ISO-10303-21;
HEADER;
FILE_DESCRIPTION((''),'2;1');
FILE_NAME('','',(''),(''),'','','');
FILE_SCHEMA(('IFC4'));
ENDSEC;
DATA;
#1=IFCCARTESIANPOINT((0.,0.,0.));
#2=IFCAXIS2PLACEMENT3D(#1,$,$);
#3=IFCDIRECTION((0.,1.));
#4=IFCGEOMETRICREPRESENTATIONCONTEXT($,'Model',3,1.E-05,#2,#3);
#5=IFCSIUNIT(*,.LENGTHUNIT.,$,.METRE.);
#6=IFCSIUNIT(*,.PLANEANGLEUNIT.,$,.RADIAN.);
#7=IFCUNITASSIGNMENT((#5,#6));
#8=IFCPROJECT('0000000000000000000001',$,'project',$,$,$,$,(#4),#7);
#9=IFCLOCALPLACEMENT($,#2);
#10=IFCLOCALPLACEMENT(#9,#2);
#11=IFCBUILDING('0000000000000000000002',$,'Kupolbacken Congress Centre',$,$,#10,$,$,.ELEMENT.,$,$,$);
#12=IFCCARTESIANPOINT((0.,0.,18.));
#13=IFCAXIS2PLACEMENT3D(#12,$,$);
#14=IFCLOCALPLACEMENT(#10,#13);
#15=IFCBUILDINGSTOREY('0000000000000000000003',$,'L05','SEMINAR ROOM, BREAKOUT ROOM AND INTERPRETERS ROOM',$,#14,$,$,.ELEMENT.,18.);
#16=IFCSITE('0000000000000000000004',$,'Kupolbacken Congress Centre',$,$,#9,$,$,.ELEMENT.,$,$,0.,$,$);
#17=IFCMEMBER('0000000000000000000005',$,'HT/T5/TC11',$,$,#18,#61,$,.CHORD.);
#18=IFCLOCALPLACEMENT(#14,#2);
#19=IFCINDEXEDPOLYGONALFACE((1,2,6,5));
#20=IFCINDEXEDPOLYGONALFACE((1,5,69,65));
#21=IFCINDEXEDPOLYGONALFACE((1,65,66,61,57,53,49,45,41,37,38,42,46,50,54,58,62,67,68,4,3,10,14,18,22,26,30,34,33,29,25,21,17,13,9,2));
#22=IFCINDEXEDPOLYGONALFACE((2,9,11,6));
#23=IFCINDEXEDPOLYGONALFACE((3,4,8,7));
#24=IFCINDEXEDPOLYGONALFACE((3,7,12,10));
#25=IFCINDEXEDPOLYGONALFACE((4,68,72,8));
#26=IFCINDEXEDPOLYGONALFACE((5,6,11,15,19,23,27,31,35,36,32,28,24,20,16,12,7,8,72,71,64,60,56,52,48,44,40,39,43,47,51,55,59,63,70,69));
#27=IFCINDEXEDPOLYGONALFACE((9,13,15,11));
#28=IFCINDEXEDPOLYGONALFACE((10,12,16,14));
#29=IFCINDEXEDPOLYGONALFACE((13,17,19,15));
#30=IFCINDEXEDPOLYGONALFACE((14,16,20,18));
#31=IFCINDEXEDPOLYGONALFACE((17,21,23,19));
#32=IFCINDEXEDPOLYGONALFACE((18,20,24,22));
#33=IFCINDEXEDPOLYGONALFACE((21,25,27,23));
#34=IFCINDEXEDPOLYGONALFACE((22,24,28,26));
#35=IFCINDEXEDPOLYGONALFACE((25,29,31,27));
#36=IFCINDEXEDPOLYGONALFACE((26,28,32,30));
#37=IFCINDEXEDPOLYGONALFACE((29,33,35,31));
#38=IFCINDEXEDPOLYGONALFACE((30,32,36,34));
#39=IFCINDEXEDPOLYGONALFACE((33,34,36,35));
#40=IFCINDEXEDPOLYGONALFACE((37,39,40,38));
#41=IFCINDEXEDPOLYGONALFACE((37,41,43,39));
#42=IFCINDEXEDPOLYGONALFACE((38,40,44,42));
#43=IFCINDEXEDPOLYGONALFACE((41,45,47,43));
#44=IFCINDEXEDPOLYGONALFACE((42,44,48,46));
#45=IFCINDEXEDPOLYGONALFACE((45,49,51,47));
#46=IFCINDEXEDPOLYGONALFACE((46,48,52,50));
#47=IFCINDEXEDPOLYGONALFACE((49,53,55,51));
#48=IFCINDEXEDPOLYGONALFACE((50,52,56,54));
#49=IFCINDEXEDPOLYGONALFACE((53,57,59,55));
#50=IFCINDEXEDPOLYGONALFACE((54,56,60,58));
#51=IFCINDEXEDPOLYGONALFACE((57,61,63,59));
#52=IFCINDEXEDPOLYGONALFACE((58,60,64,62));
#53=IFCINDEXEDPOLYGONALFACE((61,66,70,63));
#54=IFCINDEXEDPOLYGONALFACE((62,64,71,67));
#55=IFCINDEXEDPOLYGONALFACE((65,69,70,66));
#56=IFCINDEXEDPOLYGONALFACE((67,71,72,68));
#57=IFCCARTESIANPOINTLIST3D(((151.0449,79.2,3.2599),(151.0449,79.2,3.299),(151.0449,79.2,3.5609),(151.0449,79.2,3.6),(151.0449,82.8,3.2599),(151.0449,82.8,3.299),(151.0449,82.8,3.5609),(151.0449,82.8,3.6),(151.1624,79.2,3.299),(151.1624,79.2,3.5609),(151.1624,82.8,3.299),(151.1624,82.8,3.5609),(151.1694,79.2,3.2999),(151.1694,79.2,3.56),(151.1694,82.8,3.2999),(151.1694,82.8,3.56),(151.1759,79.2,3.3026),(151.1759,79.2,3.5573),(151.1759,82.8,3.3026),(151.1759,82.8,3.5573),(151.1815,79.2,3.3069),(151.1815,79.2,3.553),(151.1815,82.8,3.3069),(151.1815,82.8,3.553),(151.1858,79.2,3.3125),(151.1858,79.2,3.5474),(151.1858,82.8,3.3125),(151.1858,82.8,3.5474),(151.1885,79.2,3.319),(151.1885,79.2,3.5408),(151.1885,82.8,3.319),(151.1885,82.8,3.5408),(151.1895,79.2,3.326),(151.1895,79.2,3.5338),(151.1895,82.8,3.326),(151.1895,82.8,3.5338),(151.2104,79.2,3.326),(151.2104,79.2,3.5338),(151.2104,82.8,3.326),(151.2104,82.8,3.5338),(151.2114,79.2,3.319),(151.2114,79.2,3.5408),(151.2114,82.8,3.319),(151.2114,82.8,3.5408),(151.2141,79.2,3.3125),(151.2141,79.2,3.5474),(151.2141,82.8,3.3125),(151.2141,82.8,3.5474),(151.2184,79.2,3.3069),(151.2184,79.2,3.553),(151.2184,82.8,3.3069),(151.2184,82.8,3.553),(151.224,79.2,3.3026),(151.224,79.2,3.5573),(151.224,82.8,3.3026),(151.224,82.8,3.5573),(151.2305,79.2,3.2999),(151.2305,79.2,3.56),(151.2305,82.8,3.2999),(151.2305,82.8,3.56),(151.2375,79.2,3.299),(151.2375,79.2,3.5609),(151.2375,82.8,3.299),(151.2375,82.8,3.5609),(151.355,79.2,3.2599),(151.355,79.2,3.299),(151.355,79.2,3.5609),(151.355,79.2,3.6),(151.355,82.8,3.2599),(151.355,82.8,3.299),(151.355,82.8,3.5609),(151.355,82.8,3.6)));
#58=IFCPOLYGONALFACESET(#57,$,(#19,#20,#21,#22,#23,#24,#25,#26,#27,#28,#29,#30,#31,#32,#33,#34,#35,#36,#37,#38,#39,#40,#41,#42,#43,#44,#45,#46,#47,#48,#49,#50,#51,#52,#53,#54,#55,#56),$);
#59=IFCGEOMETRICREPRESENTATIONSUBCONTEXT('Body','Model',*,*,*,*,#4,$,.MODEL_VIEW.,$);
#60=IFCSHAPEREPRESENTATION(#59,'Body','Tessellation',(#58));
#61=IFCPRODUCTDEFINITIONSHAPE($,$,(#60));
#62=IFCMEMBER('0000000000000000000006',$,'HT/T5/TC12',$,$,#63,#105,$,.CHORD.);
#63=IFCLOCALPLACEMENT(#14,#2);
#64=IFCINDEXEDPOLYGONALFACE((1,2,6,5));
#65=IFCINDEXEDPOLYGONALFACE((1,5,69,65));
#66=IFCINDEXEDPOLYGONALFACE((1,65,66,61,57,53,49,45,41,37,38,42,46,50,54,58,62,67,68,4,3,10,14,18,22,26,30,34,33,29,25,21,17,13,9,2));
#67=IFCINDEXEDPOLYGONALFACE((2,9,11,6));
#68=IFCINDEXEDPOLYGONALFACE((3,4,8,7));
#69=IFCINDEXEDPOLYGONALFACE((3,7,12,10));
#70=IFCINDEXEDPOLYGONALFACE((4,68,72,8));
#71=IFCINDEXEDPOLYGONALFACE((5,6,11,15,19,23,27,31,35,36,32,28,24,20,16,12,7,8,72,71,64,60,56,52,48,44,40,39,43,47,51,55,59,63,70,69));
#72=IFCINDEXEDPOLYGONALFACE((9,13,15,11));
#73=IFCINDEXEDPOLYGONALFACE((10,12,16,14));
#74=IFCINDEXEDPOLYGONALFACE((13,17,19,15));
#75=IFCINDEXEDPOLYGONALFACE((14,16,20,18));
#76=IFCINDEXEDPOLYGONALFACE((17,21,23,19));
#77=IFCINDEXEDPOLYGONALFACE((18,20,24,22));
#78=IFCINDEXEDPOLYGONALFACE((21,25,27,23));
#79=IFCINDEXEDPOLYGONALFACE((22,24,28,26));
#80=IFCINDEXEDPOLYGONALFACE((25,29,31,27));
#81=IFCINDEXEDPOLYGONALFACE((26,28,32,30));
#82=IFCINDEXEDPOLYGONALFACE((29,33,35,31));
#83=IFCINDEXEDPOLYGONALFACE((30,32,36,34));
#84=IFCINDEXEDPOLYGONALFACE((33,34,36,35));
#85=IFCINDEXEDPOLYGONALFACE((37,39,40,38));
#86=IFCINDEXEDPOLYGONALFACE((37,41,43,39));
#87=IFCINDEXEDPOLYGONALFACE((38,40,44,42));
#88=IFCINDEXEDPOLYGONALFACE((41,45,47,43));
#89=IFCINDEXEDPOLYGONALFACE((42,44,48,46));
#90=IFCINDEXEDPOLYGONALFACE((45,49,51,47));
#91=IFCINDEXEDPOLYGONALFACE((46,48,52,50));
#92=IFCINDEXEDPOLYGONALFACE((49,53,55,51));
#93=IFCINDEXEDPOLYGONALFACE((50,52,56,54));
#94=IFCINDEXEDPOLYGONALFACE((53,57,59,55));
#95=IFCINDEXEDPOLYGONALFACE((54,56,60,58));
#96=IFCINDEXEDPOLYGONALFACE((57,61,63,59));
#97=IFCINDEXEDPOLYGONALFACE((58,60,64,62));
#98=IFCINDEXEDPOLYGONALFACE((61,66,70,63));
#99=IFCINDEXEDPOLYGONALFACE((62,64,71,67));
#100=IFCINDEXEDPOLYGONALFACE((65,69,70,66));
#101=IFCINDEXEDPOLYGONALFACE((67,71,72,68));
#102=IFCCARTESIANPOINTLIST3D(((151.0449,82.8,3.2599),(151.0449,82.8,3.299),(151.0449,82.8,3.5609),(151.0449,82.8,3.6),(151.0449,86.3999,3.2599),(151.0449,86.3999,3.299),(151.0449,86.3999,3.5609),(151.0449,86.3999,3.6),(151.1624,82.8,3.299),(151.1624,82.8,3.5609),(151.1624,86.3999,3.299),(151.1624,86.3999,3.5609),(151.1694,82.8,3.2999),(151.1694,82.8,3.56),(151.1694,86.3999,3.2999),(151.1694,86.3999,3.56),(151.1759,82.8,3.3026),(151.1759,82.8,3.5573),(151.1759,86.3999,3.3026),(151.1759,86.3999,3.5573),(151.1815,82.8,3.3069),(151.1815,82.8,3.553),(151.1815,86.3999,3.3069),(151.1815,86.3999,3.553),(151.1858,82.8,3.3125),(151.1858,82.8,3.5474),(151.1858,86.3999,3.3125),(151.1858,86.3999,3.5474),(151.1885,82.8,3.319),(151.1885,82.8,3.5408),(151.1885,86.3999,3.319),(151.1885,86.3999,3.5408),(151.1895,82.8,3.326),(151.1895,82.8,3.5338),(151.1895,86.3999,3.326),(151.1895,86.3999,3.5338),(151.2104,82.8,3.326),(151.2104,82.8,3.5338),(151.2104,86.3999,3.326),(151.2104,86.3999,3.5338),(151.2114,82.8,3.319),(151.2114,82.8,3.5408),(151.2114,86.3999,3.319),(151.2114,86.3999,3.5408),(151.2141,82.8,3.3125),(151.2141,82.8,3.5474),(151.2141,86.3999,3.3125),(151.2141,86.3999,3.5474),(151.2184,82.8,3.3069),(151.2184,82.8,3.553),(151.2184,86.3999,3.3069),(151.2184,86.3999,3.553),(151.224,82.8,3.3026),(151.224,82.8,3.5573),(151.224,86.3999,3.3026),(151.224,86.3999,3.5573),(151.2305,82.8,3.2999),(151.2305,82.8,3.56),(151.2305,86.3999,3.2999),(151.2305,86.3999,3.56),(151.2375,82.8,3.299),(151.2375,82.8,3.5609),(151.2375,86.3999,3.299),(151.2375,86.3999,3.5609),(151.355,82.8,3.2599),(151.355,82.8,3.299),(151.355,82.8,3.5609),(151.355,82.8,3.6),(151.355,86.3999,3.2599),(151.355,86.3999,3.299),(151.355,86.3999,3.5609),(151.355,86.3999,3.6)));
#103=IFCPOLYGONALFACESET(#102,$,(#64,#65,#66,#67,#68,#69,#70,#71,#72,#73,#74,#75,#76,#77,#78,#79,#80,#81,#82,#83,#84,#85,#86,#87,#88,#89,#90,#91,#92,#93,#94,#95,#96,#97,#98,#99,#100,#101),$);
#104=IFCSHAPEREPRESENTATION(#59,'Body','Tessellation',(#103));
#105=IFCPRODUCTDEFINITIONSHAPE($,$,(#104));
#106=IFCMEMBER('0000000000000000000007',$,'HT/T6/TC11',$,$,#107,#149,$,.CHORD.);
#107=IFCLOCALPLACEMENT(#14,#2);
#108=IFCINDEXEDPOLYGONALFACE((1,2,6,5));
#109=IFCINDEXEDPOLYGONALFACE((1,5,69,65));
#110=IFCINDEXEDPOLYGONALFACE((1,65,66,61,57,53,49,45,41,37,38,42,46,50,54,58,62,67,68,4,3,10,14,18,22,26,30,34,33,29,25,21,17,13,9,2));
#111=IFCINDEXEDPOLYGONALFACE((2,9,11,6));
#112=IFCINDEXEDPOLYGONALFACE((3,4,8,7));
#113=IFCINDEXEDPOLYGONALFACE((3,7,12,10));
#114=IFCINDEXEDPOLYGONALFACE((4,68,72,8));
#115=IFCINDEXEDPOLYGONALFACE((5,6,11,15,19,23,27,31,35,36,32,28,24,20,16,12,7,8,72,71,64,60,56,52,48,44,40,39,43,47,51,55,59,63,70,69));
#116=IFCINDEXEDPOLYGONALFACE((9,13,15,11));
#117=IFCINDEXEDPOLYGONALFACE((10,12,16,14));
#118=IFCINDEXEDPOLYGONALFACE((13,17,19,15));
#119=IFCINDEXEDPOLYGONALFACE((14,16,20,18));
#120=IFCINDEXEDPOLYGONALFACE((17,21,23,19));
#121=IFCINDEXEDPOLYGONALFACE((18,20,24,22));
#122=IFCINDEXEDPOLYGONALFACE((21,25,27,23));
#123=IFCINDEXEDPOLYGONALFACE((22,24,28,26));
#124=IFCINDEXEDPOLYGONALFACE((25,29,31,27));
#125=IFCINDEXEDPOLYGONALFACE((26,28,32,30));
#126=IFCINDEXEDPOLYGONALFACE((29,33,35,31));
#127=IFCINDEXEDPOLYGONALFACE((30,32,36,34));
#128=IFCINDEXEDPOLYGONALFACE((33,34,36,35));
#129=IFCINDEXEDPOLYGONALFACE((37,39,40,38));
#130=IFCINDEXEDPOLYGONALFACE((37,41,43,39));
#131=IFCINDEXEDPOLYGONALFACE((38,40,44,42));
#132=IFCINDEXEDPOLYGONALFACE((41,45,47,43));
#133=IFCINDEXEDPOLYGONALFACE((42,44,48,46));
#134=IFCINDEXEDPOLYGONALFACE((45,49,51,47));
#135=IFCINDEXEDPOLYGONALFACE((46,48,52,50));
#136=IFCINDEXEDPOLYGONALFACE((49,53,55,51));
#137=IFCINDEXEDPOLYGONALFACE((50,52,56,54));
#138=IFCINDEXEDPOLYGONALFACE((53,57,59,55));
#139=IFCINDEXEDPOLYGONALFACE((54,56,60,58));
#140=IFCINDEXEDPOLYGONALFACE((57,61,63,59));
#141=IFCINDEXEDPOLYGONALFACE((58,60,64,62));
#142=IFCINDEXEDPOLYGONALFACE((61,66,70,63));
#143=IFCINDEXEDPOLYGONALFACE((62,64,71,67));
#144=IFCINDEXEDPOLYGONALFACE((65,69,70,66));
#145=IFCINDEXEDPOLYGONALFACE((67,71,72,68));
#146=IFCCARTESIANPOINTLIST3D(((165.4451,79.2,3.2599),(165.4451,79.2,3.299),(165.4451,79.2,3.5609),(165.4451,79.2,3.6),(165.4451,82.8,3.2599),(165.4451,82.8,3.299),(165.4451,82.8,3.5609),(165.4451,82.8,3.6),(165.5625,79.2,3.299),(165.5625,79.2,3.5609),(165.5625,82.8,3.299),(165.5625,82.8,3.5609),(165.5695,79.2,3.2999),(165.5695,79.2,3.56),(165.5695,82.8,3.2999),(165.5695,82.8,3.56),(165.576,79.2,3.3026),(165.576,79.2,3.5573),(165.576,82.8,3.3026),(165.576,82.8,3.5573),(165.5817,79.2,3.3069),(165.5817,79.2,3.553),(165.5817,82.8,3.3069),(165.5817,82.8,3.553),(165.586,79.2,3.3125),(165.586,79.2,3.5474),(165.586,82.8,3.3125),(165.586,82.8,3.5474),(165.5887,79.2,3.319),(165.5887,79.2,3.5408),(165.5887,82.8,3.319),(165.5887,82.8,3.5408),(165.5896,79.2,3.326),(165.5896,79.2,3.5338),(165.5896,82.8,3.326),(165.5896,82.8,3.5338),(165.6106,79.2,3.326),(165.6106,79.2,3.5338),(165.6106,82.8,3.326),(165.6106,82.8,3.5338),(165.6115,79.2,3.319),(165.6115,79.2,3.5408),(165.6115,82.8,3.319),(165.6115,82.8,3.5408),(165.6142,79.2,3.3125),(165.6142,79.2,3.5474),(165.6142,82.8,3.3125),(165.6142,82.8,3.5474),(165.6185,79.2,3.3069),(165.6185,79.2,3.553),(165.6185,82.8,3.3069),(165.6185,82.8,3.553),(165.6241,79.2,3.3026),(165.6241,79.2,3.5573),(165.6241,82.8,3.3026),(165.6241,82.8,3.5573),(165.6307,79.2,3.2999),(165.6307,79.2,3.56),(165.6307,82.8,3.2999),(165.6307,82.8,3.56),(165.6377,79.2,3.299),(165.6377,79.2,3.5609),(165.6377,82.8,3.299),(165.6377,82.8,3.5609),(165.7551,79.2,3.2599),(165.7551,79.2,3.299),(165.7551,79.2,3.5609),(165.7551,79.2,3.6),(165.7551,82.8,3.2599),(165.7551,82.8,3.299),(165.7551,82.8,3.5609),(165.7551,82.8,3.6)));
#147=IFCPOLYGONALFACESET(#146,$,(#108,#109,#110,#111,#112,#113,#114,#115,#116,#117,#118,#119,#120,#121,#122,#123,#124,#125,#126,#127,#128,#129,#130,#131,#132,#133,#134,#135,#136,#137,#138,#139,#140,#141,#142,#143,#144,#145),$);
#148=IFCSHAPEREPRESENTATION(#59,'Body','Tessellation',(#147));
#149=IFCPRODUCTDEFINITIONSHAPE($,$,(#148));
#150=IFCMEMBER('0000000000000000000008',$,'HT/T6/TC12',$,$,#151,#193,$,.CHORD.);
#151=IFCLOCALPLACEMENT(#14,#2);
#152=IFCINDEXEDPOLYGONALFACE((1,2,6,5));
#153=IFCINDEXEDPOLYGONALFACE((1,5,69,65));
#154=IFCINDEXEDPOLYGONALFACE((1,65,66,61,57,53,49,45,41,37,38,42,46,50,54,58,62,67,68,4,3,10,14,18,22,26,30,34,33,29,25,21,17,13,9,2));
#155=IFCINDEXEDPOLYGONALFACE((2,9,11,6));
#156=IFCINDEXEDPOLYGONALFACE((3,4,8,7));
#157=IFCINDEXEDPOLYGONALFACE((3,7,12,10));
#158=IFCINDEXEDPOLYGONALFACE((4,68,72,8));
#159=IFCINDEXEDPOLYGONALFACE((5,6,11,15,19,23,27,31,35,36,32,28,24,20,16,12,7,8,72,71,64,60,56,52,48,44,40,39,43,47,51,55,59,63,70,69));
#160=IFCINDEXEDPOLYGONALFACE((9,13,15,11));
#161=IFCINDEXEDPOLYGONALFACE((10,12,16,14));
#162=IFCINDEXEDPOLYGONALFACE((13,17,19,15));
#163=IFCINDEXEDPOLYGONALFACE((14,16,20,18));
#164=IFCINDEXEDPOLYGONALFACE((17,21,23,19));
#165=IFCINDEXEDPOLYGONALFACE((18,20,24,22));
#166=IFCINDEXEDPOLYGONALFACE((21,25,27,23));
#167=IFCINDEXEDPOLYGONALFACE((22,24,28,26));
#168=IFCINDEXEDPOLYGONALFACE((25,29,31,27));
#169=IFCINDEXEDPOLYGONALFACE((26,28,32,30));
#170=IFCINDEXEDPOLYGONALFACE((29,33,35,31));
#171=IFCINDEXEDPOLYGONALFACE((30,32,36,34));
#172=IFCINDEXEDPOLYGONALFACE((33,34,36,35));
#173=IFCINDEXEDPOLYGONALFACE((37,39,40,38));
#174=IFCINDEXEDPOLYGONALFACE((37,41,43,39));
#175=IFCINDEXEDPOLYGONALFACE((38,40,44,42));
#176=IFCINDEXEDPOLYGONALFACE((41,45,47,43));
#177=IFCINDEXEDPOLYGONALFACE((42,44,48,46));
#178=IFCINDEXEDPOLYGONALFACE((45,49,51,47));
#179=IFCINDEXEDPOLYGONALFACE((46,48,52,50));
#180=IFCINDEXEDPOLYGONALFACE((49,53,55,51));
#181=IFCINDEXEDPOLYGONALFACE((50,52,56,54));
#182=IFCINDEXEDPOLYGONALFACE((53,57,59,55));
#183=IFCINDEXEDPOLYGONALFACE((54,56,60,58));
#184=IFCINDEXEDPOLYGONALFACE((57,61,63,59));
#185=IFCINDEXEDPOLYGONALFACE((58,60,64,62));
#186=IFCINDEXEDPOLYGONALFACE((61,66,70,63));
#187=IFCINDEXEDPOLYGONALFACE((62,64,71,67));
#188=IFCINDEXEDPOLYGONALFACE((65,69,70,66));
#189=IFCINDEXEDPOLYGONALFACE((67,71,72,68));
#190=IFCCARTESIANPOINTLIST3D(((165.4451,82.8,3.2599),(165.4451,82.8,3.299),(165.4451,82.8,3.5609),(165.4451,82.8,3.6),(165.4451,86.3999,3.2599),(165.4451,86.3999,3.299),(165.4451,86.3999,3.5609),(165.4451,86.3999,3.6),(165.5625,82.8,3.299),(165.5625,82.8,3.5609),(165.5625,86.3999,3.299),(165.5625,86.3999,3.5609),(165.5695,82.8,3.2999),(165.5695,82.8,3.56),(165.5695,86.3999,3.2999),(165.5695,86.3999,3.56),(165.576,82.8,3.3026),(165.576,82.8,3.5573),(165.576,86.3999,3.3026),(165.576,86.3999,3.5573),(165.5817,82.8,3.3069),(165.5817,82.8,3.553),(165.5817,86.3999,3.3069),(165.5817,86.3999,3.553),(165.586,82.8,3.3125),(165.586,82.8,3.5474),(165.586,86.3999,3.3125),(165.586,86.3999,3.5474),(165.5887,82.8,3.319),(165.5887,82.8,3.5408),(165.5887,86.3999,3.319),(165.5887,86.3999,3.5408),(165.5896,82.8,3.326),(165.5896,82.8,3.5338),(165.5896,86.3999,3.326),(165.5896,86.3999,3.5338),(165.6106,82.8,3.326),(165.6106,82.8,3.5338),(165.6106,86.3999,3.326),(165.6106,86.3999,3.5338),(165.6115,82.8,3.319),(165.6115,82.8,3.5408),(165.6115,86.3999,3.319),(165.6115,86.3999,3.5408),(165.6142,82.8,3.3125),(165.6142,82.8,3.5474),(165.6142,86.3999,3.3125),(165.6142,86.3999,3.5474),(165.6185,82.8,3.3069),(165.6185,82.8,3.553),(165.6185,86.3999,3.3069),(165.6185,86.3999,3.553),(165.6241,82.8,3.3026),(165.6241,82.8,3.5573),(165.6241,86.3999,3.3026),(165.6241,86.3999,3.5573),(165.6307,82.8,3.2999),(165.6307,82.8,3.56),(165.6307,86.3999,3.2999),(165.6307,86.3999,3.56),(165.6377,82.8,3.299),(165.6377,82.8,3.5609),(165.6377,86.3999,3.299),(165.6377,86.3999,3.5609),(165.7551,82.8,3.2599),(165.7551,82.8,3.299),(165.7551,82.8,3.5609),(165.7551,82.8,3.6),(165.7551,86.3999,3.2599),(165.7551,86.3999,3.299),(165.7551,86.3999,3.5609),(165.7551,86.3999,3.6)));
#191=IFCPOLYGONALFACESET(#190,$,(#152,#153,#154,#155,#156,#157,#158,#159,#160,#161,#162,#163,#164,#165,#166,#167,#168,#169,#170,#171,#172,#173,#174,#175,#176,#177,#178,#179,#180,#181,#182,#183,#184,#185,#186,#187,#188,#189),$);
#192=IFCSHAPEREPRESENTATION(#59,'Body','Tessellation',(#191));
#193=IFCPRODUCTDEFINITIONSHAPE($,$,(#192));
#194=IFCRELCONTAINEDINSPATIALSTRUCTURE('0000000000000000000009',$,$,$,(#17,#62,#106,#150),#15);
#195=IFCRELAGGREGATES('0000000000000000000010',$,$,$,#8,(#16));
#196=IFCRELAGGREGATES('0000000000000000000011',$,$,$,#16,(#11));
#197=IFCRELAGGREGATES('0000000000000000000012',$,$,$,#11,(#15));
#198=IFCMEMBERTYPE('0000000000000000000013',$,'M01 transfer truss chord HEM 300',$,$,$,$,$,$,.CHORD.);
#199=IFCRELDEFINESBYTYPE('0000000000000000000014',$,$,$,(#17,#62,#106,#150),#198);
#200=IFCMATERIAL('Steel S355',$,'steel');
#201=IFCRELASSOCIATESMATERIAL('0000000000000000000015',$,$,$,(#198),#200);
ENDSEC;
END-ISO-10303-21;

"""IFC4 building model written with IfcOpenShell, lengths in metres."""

from ifc_helpers import new_model, si_unit, direction, frame, origin, origin_2d, place, context, subcontext, project, spatial, i_section, extrude, material, material_profile, profile_set, type_object, element, save


model = new_model("IFC4")

# Units and contexts
model_context = context("Model", 3, precision=1e-05, world=origin(), true_north=direction((0.0, 1.0)))
body_context = subcontext(model_context, "Body", "Model", "MODEL_VIEW")
ifc_project = project(units=[si_unit("LENGTHUNIT", "METRE"), si_unit("PLANEANGLEUNIT", "RADIAN")], contexts=[model_context])

# Site, building, storey
site_placement = place(None, origin())
site = spatial("IfcSite", under=ifc_project, at=site_placement, Name="Kupolbacken Congress Centre", CompositionType="ELEMENT", RefElevation=0.0)
building_placement = place(site_placement, origin())
building = spatial("IfcBuilding", under=site, at=building_placement, Name="Kupolbacken Congress Centre", CompositionType="ELEMENT")
storey_placement = place(building_placement, frame((0.0, 0.0, 18.0)))
storey = spatial("IfcBuildingStorey", under=building, at=storey_placement, Name="L05", Description="SEMINAR ROOM, BREAKOUT ROOM AND INTERPRETERS ROOM", CompositionType="ELEMENT", Elevation=18.0)

# Members
ifc_material_1 = material(Name="Steel S355", Category="steel")
ifc_material_profile_1 = material_profile(ifc_material_1, i_section(OverallWidth=0.3101, OverallDepth=0.3401, WebThickness=0.021, FlangeThickness=0.0391, FilletRadius=0.0271, at=origin_2d()), Name="HEM 300")
ifc_profile_set_1 = profile_set([ifc_material_profile_1], Name="Steel S355")
member_type_1 = type_object("IfcMemberType", Name="M01 transfer truss chord HEM 300", PredefinedType="CHORD", material=ifc_profile_set_1)
member_1_placement = place(storey_placement, frame((151.2, 79.2, 3.4299), z_axis=(0.0, 1.0, 0.0), x_axis=(-1.0, 0.0, 0.0)))
element("IfcMember", 1, at=member_1_placement, inside=storey, type_object=member_type_1, Name="HT/T5/TC11", PredefinedType="CHORD", context=body_context, shape_type="SweptSolid", body=[
    extrude(i_section(OverallWidth=0.3101, OverallDepth=0.3401, WebThickness=0.021, FlangeThickness=0.0391, FilletRadius=0.0271, at=origin_2d()), origin(), (0.0, 0.0, 1.0), 3.6001),
])
member_2_placement = place(storey_placement, frame((151.2, 82.8, 3.4299), z_axis=(0.0, 1.0, 0.0), x_axis=(-1.0, 0.0, 0.0)))
element("IfcMember", 2, at=member_2_placement, inside=storey, type_object=member_type_1, Name="HT/T5/TC12", PredefinedType="CHORD", context=body_context, shape_type="SweptSolid", body=[
    extrude(i_section(OverallWidth=0.3101, OverallDepth=0.3401, WebThickness=0.021, FlangeThickness=0.0391, FilletRadius=0.0271, at=origin_2d()), origin(), (0.0, 0.0, 1.0), 3.5999),
])
member_3_placement = place(storey_placement, frame((165.6001, 79.2, 3.4299), z_axis=(0.0, 1.0, 0.0), x_axis=(-1.0, 0.0, 0.0)))
element("IfcMember", 3, at=member_3_placement, inside=storey, type_object=member_type_1, Name="HT/T6/TC11", PredefinedType="CHORD", context=body_context, shape_type="SweptSolid", body=[
    extrude(i_section(OverallWidth=0.3101, OverallDepth=0.3401, WebThickness=0.021, FlangeThickness=0.0391, FilletRadius=0.0271, at=origin_2d()), origin(), (0.0, 0.0, 1.0), 3.6001),
])
member_4_placement = place(storey_placement, frame((165.6001, 82.8, 3.4299), z_axis=(0.0, 1.0, 0.0), x_axis=(-1.0, 0.0, 0.0)))
element("IfcMember", 4, at=member_4_placement, inside=storey, type_object=member_type_1, Name="HT/T6/TC12", PredefinedType="CHORD", context=body_context, shape_type="SweptSolid", body=[
    extrude(i_section(OverallWidth=0.3101, OverallDepth=0.3401, WebThickness=0.021, FlangeThickness=0.0391, FilletRadius=0.0271, at=origin_2d()), origin(), (0.0, 0.0, 1.0), 3.5999),
])

save(model, "model.ifc")
